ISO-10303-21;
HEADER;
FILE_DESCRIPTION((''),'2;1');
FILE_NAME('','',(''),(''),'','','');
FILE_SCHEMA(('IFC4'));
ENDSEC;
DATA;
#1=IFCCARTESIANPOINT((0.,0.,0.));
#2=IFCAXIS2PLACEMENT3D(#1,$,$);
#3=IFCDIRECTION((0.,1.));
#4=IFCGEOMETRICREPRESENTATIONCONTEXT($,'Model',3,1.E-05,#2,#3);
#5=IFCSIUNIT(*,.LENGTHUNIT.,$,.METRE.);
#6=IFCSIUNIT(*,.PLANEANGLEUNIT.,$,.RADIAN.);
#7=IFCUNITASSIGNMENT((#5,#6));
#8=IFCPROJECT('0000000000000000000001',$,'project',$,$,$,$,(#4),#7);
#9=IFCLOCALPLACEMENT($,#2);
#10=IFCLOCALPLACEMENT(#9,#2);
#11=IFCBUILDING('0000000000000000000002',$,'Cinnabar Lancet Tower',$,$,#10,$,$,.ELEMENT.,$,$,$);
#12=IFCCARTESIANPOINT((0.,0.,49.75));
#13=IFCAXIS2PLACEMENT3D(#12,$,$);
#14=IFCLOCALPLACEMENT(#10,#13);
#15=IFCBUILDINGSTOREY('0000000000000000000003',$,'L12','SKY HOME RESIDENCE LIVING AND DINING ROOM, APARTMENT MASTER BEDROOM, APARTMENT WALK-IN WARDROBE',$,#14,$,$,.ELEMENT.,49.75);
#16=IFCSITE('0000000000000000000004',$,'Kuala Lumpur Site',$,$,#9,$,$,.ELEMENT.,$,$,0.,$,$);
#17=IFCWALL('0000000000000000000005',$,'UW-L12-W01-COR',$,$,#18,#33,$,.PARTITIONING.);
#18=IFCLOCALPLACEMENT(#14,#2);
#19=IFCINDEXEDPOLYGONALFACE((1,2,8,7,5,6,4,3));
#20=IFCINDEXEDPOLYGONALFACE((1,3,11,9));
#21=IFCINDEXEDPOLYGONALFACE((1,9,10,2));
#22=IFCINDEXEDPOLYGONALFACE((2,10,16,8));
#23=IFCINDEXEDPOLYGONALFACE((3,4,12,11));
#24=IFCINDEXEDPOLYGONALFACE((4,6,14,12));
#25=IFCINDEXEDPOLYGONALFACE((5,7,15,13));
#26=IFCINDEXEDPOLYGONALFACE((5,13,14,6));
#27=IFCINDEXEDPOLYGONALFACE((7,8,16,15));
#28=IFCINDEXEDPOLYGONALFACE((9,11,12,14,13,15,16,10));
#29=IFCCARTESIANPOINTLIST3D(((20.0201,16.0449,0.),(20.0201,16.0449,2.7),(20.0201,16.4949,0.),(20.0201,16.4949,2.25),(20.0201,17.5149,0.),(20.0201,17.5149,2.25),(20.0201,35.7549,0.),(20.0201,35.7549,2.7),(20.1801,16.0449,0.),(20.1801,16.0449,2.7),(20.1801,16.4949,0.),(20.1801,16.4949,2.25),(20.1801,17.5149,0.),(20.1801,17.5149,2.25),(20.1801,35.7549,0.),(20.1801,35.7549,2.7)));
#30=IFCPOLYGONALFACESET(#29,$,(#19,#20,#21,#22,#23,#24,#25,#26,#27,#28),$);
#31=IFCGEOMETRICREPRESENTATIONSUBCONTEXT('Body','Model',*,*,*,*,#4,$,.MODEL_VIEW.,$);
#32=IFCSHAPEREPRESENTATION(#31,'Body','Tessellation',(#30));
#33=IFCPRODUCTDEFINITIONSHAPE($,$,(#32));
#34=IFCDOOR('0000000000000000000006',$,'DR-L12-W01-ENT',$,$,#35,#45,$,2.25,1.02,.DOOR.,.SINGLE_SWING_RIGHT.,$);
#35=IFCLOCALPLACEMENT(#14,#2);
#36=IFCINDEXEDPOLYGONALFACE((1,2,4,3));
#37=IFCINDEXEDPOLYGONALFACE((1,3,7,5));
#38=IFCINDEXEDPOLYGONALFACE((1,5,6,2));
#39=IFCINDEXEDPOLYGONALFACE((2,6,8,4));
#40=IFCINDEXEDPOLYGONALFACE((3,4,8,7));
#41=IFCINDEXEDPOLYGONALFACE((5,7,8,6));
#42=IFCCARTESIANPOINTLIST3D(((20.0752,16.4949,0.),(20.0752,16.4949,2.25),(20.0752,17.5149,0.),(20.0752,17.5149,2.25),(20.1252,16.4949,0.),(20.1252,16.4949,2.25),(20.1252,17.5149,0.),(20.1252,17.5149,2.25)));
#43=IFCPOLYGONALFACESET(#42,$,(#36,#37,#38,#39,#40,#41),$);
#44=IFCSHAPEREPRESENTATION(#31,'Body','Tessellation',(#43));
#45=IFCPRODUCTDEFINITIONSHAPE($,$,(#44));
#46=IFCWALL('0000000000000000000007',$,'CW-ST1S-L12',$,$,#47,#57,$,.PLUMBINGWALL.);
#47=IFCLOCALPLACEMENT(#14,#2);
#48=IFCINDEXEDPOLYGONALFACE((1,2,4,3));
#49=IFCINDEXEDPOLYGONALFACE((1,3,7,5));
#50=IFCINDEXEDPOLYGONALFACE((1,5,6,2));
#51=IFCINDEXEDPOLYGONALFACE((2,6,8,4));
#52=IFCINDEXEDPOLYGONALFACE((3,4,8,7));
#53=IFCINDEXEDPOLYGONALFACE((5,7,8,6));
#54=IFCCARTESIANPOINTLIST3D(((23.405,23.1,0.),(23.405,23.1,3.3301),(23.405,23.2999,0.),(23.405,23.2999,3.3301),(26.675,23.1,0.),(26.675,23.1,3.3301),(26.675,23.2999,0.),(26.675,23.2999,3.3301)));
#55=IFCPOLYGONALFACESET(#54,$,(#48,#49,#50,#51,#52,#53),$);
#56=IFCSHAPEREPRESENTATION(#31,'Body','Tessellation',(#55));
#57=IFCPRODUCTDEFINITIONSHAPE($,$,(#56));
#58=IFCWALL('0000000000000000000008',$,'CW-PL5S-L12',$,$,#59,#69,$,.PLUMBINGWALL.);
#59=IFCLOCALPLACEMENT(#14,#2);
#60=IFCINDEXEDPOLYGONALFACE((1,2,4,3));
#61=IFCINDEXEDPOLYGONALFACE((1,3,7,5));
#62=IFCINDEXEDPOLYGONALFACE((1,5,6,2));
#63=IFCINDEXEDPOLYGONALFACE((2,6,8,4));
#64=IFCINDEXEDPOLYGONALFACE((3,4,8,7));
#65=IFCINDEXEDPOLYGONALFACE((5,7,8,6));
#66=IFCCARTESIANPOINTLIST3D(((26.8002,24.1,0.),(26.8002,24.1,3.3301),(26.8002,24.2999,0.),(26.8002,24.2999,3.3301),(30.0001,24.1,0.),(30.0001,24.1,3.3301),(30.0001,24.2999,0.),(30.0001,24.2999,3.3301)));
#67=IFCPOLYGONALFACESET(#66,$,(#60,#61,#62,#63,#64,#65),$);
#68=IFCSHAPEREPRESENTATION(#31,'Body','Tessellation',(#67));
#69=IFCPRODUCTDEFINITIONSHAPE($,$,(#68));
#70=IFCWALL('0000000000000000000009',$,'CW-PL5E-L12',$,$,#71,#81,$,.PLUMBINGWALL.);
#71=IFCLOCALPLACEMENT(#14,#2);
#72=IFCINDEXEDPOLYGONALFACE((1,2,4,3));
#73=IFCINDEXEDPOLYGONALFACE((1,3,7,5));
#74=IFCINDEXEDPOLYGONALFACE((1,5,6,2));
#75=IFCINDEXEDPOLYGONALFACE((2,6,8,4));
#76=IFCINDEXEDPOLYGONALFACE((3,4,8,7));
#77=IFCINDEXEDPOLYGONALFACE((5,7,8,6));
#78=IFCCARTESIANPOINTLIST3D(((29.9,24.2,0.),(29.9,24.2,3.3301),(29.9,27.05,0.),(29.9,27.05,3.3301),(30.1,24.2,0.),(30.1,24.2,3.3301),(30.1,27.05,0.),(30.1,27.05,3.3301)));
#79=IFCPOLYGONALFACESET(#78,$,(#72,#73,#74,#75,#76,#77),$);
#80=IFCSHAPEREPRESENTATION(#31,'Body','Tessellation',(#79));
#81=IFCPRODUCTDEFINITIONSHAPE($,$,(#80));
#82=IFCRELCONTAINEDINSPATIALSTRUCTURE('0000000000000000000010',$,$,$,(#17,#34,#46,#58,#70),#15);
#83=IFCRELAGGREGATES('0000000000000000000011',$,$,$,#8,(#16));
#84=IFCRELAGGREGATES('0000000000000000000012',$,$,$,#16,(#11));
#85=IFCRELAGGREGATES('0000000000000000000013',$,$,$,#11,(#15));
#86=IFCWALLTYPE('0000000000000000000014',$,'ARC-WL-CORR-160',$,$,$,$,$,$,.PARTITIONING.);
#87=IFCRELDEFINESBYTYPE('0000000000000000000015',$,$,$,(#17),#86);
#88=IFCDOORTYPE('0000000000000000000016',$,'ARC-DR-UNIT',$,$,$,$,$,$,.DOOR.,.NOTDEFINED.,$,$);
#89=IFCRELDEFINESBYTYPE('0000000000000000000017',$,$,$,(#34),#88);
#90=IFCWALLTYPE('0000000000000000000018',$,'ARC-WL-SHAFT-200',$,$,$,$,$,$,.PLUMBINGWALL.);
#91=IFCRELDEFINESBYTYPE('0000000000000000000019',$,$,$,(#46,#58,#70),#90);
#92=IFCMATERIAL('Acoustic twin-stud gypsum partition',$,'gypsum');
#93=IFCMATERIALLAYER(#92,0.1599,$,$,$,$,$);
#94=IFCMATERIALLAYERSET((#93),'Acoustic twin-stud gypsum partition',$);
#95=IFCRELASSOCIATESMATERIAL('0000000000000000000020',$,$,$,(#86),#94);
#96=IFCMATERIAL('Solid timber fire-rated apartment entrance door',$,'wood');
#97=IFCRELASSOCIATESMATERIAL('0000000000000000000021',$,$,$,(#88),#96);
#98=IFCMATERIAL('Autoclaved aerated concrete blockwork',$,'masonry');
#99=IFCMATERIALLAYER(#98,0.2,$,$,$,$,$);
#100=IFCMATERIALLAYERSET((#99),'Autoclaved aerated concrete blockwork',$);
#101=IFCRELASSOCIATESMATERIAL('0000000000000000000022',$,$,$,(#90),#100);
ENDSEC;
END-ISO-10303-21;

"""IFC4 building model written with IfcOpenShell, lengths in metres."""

from ifc_helpers import new_model, si_unit, direction, frame, frame_2d, origin, place, context, subcontext, project, spatial, rectangle, extrude, material, layer, layer_set, type_object, element, fill, save


model = new_model("IFC4")

# Units and contexts
model_context = context("Model", 3, precision=1e-05, world=origin(), true_north=direction((0.0, 1.0)))
body_context = subcontext(model_context, "Body", "Model", "MODEL_VIEW")
ifc_project = project(units=[si_unit("LENGTHUNIT", "METRE"), si_unit("PLANEANGLEUNIT", "RADIAN")], contexts=[model_context])

# Site, building, storey
site_placement = place(None, origin())
site = spatial("IfcSite", under=ifc_project, at=site_placement, Name="Kuala Lumpur Site", CompositionType="ELEMENT", RefElevation=0.0)
building_placement = place(site_placement, origin())
building = spatial("IfcBuilding", under=site, at=building_placement, Name="Cinnabar Lancet Tower", CompositionType="ELEMENT")
storey_placement = place(building_placement, frame((0.0, 0.0, 49.75)))
storey = spatial("IfcBuildingStorey", under=building, at=storey_placement, Name="L12", Description="SKY HOME RESIDENCE LIVING AND DINING ROOM, APARTMENT MASTER BEDROOM, APARTMENT WALK-IN WARDROBE", CompositionType="ELEMENT", Elevation=49.75)

# Wall, opening, door
ifc_material_1 = material(Name="Acoustic twin-stud gypsum partition", Category="gypsum")
ifc_layer_1 = layer(ifc_material_1, 0.1599)
ifc_layer_set_1 = layer_set([ifc_layer_1], Name="Acoustic twin-stud gypsum partition")
wall_type_1 = type_object("IfcWallType", Name="ARC-WL-CORR-160", PredefinedType="PARTITIONING", material=ifc_layer_set_1)
ifc_material_2 = material(Name="Solid timber fire-rated apartment entrance door", Category="wood")
door_type_1 = type_object("IfcDoorType", Name="ARC-DR-UNIT", OperationType="NOTDEFINED", PredefinedType="DOOR", material=ifc_material_2)
wall_1_placement = place(storey_placement, frame((20.1001, 16.0449, 0.0), z_axis=(0.0, 0.0, 1.0), x_axis=(0.0, 1.0, 0.0)))
wall_1 = element("IfcWall", 1, at=wall_1_placement, inside=storey, type_object=wall_type_1, Name="UW-L12-W01-COR", PredefinedType="PARTITIONING", context=body_context, shape_type="SweptSolid", body=[
    extrude(rectangle(XDim=19.71, YDim=0.1599, at=frame_2d((9.855, 0.0))), origin(), (0.0, 0.0, 1.0), 2.7),
])
opening_1_placement = place(wall_1_placement, frame((0.45, 0.0, 0.0)))
opening_1 = element("IfcOpeningElement", 2, at=opening_1_placement, cuts=wall_1, PredefinedType="OPENING", context=body_context, shape_type="SweptSolid", body=[
    extrude(rectangle(XDim=1.02, YDim=2.25, at=frame_2d((0.51, 1.125))), frame((0.0, 0.0898, 0.0), z_axis=(0.0, -1.0, 0.0), x_axis=(1.0, 0.0, 0.0)), (0.0, 0.0, 1.0), 0.1799),
])
door_1_placement = place(opening_1_placement, origin())
door_1 = element("IfcDoor", 3, at=door_1_placement, inside=storey, type_object=door_type_1, Name="DR-L12-W01-ENT", OperationType="SINGLE_SWING_RIGHT", OverallHeight=2.25, OverallWidth=1.02, PredefinedType="DOOR", context=body_context, shape_type="SweptSolid", body=[
    extrude(rectangle(XDim=1.02, YDim=2.25, at=frame_2d((0.51, 1.125))), frame((0.0, 0.0249, 0.0), z_axis=(0.0, -1.0, 0.0), x_axis=(1.0, 0.0, 0.0)), (0.0, 0.0, 1.0), 0.05),
])
fill(opening_1, door_1)

# Walls
ifc_material_3 = material(Name="Autoclaved aerated concrete blockwork", Category="masonry")
ifc_layer_2 = layer(ifc_material_3, 0.2)
ifc_layer_set_2 = layer_set([ifc_layer_2], Name="Autoclaved aerated concrete blockwork")
wall_type_2 = type_object("IfcWallType", Name="ARC-WL-SHAFT-200", PredefinedType="PLUMBINGWALL", material=ifc_layer_set_2)
wall_2_placement = place(storey_placement, frame((23.405, 23.2, 0.0), z_axis=(0.0, 0.0, 1.0), x_axis=(1.0, 0.0, 0.0)))
element("IfcWall", 4, at=wall_2_placement, inside=storey, type_object=wall_type_2, Name="CW-ST1S-L12", PredefinedType="PLUMBINGWALL", context=body_context, shape_type="SweptSolid", body=[
    extrude(rectangle(XDim=3.27, YDim=0.2, at=frame_2d((1.635, 0.0))), origin(), (0.0, 0.0, 1.0), 3.3301),
])
wall_3_placement = place(storey_placement, frame((26.8, 24.2, 0.0), z_axis=(0.0, 0.0, 1.0), x_axis=(1.0, 0.0, 0.0)))
element("IfcWall", 5, at=wall_3_placement, inside=storey, type_object=wall_type_2, Name="CW-PL5S-L12", PredefinedType="PLUMBINGWALL", context=body_context, shape_type="SweptSolid", body=[
    extrude(rectangle(XDim=3.2, YDim=0.2, at=frame_2d((1.6001, 0.0))), origin(), (0.0, 0.0, 1.0), 3.3301),
])
wall_4_placement = place(storey_placement, frame((30.0, 24.2, 0.0), z_axis=(0.0, 0.0, 1.0), x_axis=(0.0, 1.0, 0.0)))
element("IfcWall", 6, at=wall_4_placement, inside=storey, type_object=wall_type_2, Name="CW-PL5E-L12", PredefinedType="PLUMBINGWALL", context=body_context, shape_type="SweptSolid", body=[
    extrude(rectangle(XDim=2.8501, YDim=0.2, at=frame_2d((1.425, 0.0))), origin(), (0.0, 0.0, 1.0), 3.3301),
])

save(model, "model.ifc")
